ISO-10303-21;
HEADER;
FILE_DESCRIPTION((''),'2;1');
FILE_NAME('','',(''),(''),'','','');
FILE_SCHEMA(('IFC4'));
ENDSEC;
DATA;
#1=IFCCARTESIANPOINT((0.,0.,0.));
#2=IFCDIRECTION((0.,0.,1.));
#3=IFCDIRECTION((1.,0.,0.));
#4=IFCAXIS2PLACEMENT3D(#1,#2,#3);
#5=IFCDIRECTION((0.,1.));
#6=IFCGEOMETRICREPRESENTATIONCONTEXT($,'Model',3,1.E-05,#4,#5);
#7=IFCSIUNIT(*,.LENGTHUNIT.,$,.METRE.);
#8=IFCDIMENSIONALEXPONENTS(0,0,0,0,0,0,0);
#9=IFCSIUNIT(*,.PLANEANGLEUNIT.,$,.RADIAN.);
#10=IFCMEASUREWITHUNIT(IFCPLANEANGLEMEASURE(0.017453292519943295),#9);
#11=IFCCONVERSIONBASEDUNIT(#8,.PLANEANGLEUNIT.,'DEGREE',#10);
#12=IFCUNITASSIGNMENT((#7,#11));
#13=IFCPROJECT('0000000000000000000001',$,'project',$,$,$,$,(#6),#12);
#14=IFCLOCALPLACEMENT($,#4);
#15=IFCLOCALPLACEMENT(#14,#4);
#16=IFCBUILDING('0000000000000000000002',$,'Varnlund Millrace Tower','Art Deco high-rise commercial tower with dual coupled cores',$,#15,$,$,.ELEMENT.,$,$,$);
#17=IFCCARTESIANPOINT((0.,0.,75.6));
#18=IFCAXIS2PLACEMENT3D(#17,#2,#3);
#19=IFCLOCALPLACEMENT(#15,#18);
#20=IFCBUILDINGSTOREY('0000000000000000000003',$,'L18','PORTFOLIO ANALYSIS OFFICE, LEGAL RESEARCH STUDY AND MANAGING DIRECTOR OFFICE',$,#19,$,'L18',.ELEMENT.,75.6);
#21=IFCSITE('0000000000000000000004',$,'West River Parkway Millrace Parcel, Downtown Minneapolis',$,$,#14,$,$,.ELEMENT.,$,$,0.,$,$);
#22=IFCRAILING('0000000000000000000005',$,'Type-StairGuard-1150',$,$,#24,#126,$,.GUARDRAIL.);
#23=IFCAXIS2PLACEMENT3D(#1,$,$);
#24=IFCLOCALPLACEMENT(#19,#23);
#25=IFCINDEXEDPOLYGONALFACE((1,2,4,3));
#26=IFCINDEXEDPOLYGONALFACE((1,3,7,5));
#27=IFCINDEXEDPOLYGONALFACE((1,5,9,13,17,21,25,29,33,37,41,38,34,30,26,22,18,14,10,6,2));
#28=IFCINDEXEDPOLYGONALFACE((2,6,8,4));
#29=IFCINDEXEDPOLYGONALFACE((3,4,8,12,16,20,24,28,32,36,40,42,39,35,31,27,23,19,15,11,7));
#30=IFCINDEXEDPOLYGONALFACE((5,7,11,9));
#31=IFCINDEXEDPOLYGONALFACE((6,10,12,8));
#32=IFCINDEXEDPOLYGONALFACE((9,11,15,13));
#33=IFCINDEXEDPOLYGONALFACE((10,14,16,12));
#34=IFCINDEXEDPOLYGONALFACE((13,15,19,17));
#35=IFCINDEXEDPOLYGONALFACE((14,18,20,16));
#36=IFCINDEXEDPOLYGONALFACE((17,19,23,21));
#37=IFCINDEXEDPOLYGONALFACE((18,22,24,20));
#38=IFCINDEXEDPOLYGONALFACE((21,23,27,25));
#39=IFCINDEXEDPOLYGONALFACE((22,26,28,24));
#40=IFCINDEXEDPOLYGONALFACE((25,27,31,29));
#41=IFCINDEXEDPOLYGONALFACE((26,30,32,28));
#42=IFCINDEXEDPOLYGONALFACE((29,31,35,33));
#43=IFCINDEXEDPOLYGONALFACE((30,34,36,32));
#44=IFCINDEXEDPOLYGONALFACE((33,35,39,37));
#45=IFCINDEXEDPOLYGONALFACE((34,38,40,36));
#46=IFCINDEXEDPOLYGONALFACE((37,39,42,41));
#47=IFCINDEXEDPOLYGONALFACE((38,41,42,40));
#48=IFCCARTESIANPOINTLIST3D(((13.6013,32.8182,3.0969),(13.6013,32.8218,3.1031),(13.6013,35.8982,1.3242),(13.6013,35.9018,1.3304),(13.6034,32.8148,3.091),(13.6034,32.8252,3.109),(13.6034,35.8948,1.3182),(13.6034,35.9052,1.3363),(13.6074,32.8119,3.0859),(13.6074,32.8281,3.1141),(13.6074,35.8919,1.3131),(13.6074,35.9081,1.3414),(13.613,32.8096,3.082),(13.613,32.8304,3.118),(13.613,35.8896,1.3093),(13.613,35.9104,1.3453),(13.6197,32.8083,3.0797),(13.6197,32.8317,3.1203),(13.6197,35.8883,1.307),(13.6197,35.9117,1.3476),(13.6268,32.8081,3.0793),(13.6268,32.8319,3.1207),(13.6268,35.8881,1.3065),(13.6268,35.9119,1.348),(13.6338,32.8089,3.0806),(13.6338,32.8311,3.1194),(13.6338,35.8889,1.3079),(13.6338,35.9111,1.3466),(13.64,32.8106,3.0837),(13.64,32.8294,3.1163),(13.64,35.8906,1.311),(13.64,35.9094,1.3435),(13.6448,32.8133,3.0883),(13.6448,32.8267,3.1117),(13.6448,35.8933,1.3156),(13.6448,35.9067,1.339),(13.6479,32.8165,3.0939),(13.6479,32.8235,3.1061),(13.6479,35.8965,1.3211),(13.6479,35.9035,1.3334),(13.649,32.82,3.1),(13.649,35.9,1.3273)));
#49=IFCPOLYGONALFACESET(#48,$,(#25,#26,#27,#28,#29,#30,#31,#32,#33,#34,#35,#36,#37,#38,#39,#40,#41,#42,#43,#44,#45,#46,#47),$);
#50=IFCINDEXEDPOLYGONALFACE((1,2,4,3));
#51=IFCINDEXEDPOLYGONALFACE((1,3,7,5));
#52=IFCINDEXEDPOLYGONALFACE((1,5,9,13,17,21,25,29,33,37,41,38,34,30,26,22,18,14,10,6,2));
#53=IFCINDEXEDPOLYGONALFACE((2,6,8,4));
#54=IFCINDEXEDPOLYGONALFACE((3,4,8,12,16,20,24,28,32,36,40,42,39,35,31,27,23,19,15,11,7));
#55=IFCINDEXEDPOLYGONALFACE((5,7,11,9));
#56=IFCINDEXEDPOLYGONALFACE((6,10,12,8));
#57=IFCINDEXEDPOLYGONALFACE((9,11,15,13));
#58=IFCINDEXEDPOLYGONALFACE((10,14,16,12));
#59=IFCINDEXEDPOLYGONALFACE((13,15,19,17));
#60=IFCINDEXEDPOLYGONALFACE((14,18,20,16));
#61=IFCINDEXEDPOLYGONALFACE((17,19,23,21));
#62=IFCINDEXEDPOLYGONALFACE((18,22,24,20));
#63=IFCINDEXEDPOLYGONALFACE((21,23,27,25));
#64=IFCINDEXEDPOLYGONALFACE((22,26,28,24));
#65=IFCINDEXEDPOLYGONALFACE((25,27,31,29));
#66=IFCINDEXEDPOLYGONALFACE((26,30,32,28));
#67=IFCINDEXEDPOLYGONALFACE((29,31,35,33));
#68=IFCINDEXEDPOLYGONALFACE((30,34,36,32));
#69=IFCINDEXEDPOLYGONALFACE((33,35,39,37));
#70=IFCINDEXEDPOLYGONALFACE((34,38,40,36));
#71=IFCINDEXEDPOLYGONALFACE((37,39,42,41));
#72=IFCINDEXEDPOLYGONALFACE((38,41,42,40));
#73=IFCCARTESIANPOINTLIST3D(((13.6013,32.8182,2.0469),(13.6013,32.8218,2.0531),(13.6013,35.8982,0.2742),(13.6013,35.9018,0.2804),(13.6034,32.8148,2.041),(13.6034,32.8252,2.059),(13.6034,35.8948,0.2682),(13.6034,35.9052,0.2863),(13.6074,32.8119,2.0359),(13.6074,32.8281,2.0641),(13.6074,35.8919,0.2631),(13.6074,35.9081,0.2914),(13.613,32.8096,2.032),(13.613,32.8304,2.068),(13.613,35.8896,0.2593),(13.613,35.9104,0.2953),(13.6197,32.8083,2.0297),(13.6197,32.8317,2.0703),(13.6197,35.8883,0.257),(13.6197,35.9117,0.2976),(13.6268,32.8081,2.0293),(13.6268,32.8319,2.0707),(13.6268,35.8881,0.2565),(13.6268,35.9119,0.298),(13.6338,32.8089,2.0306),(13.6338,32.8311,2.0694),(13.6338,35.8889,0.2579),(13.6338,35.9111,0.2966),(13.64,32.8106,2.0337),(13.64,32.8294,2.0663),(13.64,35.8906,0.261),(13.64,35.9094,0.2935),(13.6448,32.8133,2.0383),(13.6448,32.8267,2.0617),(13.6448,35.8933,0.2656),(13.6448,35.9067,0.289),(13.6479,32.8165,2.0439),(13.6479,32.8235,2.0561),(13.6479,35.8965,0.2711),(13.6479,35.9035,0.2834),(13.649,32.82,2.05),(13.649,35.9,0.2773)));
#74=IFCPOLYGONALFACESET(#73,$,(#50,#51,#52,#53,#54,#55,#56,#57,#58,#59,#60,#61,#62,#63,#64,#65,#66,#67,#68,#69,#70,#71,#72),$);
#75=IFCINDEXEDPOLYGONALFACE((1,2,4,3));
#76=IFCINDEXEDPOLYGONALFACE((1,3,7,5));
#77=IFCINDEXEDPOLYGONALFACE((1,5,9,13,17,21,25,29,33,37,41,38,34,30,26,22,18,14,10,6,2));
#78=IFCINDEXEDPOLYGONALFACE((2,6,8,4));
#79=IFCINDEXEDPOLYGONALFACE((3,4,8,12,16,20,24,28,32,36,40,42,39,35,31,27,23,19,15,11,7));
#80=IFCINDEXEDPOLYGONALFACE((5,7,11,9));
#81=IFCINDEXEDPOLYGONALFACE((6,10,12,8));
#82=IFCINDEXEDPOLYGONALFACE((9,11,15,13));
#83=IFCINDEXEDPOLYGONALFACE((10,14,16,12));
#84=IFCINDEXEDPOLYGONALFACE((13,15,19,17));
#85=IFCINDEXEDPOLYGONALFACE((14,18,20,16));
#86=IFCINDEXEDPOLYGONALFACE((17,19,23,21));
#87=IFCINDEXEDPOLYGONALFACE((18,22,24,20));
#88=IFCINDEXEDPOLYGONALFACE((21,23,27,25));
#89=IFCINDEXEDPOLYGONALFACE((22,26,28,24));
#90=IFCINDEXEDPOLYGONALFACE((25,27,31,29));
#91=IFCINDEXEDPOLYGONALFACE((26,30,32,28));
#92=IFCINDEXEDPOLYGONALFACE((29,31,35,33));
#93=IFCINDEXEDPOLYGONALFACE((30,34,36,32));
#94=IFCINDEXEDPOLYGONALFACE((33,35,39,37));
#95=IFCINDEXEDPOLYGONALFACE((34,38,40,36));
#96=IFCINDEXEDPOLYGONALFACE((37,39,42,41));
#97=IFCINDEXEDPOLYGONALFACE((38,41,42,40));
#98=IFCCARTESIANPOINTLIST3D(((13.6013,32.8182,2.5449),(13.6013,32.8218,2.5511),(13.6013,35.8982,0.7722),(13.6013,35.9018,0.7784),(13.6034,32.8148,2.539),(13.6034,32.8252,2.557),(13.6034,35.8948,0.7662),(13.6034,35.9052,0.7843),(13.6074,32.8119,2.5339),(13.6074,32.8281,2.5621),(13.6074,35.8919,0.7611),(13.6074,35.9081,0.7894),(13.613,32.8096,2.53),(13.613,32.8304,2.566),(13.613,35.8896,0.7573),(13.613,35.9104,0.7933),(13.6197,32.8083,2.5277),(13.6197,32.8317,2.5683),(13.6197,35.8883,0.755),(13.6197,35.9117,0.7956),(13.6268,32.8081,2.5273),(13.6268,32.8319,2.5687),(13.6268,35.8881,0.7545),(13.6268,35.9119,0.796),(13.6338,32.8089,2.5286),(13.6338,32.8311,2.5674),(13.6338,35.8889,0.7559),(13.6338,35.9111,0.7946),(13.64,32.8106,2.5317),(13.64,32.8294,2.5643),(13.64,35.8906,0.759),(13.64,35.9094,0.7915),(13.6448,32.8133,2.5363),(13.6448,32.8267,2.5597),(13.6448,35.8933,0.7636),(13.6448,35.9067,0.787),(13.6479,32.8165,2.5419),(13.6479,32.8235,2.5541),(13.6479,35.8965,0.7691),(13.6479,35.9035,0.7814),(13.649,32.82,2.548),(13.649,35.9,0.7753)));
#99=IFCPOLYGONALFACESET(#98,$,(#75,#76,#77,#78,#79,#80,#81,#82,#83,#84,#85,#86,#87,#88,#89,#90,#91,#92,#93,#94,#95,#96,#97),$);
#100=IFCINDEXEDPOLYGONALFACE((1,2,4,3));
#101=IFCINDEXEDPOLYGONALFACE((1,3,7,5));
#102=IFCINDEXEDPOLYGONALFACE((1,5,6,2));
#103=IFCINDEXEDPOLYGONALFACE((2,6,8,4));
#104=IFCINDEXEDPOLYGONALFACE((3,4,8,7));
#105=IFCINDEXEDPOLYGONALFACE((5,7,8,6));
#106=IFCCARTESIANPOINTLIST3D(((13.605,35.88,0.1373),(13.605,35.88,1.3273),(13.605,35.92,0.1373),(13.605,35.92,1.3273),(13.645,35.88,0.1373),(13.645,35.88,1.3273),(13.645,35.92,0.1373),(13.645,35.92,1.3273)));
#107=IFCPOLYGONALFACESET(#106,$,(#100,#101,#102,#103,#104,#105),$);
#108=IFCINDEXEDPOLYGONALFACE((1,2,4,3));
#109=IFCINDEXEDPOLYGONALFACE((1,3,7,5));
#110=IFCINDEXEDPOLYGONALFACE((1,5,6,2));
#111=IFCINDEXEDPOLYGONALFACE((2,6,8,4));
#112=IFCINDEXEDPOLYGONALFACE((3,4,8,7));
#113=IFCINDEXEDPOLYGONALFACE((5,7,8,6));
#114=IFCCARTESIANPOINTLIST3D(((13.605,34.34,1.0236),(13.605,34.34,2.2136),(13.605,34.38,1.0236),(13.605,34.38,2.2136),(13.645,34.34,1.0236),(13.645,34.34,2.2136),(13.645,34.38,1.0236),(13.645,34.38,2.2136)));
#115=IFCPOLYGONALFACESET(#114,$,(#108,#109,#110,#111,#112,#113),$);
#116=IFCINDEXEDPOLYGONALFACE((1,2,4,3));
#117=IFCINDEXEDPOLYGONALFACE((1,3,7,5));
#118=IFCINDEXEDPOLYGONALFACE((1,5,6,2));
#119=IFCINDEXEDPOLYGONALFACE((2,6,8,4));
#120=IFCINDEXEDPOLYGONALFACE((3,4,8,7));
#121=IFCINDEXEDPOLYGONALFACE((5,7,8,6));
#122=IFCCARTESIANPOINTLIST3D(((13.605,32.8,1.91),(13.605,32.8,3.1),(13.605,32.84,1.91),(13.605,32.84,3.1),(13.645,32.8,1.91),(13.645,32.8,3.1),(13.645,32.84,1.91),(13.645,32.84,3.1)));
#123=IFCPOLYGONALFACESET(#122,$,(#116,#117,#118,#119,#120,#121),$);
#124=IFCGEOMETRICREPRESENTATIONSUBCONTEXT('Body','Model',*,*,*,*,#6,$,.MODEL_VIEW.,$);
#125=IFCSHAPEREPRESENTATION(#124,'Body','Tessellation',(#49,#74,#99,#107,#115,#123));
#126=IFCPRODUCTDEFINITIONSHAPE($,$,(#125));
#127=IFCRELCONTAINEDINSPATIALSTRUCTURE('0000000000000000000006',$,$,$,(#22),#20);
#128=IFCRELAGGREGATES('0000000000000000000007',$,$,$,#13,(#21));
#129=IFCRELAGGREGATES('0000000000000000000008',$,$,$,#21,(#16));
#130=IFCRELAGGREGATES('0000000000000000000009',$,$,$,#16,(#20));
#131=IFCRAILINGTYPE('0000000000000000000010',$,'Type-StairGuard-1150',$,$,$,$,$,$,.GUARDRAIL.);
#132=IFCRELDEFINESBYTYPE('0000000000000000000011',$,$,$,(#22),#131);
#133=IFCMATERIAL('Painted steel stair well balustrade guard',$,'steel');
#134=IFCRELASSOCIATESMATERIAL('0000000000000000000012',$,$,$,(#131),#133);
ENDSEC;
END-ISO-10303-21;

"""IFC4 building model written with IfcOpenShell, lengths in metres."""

from ifc_helpers import new_model, entity, si_unit, converted_unit, direction, frame, origin_with_axes, origin_2d_with_axis, place, context, subcontext, project, spatial, rectangle, circle, extrude, material, type_object, element, save


model = new_model("IFC4")

# Units and contexts
model_context = context("Model", 3, precision=1e-05, world=origin_with_axes(), true_north=direction((0.0, 1.0)))
body_context = subcontext(model_context, "Body", "Model", "MODEL_VIEW")
ifc_project = project(units=[si_unit("LENGTHUNIT", "METRE"), converted_unit("PLANEANGLEUNIT", "DEGREE", entity("IfcPlaneAngleMeasure", 0.017453292519943295), si_unit("PLANEANGLEUNIT", "RADIAN"), dimensions=[0, 0, 0, 0, 0, 0, 0])], contexts=[model_context])

# Site, building, storey
site_placement = place(None, origin_with_axes())
site = spatial("IfcSite", under=ifc_project, at=site_placement, Name="West River Parkway Millrace Parcel, Downtown Minneapolis", CompositionType="ELEMENT", RefElevation=0.0)
building_placement = place(site_placement, origin_with_axes())
building = spatial("IfcBuilding", under=site, at=building_placement, Name="Varnlund Millrace Tower", Description="Art Deco high-rise commercial tower with dual coupled cores", CompositionType="ELEMENT")
storey_placement = place(building_placement, frame((0.0, 0.0, 75.6), z_axis=(0.0, 0.0, 1.0), x_axis=(1.0, 0.0, 0.0)))
storey = spatial("IfcBuildingStorey", under=building, at=storey_placement, Name="L18", Description="PORTFOLIO ANALYSIS OFFICE, LEGAL RESEARCH STUDY AND MANAGING DIRECTOR OFFICE", LongName="L18", CompositionType="ELEMENT", Elevation=75.6)

# Railing
ifc_material_1 = material(Name="Painted steel stair well balustrade guard", Category="steel")
railing_type_1 = type_object("IfcRailingType", Name="Type-StairGuard-1150", PredefinedType="GUARDRAIL", material=ifc_material_1)
railing_1_placement = place(storey_placement, frame((0.0, 0.0, -75.6), z_axis=(0.0, 0.0, 1.0), x_axis=(1.0, 0.0, 0.0)))
element("IfcRailing", 1, at=railing_1_placement, inside=storey, type_object=railing_type_1, Name="Type-StairGuard-1150", PredefinedType="GUARDRAIL", context=body_context, shape_type="SweptSolid", body=[
    extrude(circle(Radius=0.024, at=origin_2d_with_axis()), frame((13.625, 35.9, 76.9273), z_axis=(0.0, -0.866696, 0.498836), x_axis=(1.0, 0.0, 0.0)), (0.0, 0.0, 1.0), 3.5537),
    extrude(circle(Radius=0.024, at=origin_2d_with_axis()), frame((13.625, 35.9, 75.8773), z_axis=(0.0, -0.866696, 0.498836), x_axis=(1.0, 0.0, 0.0)), (0.0, 0.0, 1.0), 3.5537),
    extrude(circle(Radius=0.024, at=origin_2d_with_axis()), frame((13.625, 35.9, 76.3753), z_axis=(0.0, -0.866696, 0.498836), x_axis=(1.0, 0.0, 0.0)), (0.0, 0.0, 1.0), 3.5537),
    extrude(rectangle(XDim=0.04, YDim=0.04, at=origin_2d_with_axis()), frame((13.625, 35.9, 75.7373), z_axis=(0.0, 0.0, 1.0), x_axis=(1.0, 0.0, 0.0)), (0.0, 0.0, 1.0), 1.19),
    extrude(rectangle(XDim=0.04, YDim=0.04, at=origin_2d_with_axis()), frame((13.625, 34.36, 76.6236), z_axis=(0.0, 0.0, 1.0), x_axis=(1.0, 0.0, 0.0)), (0.0, 0.0, 1.0), 1.19),
    extrude(rectangle(XDim=0.04, YDim=0.04, at=origin_2d_with_axis()), frame((13.625, 32.82, 77.51), z_axis=(0.0, 0.0, 1.0), x_axis=(1.0, 0.0, 0.0)), (0.0, 0.0, 1.0), 1.19),
])

save(model, "model.ifc")
